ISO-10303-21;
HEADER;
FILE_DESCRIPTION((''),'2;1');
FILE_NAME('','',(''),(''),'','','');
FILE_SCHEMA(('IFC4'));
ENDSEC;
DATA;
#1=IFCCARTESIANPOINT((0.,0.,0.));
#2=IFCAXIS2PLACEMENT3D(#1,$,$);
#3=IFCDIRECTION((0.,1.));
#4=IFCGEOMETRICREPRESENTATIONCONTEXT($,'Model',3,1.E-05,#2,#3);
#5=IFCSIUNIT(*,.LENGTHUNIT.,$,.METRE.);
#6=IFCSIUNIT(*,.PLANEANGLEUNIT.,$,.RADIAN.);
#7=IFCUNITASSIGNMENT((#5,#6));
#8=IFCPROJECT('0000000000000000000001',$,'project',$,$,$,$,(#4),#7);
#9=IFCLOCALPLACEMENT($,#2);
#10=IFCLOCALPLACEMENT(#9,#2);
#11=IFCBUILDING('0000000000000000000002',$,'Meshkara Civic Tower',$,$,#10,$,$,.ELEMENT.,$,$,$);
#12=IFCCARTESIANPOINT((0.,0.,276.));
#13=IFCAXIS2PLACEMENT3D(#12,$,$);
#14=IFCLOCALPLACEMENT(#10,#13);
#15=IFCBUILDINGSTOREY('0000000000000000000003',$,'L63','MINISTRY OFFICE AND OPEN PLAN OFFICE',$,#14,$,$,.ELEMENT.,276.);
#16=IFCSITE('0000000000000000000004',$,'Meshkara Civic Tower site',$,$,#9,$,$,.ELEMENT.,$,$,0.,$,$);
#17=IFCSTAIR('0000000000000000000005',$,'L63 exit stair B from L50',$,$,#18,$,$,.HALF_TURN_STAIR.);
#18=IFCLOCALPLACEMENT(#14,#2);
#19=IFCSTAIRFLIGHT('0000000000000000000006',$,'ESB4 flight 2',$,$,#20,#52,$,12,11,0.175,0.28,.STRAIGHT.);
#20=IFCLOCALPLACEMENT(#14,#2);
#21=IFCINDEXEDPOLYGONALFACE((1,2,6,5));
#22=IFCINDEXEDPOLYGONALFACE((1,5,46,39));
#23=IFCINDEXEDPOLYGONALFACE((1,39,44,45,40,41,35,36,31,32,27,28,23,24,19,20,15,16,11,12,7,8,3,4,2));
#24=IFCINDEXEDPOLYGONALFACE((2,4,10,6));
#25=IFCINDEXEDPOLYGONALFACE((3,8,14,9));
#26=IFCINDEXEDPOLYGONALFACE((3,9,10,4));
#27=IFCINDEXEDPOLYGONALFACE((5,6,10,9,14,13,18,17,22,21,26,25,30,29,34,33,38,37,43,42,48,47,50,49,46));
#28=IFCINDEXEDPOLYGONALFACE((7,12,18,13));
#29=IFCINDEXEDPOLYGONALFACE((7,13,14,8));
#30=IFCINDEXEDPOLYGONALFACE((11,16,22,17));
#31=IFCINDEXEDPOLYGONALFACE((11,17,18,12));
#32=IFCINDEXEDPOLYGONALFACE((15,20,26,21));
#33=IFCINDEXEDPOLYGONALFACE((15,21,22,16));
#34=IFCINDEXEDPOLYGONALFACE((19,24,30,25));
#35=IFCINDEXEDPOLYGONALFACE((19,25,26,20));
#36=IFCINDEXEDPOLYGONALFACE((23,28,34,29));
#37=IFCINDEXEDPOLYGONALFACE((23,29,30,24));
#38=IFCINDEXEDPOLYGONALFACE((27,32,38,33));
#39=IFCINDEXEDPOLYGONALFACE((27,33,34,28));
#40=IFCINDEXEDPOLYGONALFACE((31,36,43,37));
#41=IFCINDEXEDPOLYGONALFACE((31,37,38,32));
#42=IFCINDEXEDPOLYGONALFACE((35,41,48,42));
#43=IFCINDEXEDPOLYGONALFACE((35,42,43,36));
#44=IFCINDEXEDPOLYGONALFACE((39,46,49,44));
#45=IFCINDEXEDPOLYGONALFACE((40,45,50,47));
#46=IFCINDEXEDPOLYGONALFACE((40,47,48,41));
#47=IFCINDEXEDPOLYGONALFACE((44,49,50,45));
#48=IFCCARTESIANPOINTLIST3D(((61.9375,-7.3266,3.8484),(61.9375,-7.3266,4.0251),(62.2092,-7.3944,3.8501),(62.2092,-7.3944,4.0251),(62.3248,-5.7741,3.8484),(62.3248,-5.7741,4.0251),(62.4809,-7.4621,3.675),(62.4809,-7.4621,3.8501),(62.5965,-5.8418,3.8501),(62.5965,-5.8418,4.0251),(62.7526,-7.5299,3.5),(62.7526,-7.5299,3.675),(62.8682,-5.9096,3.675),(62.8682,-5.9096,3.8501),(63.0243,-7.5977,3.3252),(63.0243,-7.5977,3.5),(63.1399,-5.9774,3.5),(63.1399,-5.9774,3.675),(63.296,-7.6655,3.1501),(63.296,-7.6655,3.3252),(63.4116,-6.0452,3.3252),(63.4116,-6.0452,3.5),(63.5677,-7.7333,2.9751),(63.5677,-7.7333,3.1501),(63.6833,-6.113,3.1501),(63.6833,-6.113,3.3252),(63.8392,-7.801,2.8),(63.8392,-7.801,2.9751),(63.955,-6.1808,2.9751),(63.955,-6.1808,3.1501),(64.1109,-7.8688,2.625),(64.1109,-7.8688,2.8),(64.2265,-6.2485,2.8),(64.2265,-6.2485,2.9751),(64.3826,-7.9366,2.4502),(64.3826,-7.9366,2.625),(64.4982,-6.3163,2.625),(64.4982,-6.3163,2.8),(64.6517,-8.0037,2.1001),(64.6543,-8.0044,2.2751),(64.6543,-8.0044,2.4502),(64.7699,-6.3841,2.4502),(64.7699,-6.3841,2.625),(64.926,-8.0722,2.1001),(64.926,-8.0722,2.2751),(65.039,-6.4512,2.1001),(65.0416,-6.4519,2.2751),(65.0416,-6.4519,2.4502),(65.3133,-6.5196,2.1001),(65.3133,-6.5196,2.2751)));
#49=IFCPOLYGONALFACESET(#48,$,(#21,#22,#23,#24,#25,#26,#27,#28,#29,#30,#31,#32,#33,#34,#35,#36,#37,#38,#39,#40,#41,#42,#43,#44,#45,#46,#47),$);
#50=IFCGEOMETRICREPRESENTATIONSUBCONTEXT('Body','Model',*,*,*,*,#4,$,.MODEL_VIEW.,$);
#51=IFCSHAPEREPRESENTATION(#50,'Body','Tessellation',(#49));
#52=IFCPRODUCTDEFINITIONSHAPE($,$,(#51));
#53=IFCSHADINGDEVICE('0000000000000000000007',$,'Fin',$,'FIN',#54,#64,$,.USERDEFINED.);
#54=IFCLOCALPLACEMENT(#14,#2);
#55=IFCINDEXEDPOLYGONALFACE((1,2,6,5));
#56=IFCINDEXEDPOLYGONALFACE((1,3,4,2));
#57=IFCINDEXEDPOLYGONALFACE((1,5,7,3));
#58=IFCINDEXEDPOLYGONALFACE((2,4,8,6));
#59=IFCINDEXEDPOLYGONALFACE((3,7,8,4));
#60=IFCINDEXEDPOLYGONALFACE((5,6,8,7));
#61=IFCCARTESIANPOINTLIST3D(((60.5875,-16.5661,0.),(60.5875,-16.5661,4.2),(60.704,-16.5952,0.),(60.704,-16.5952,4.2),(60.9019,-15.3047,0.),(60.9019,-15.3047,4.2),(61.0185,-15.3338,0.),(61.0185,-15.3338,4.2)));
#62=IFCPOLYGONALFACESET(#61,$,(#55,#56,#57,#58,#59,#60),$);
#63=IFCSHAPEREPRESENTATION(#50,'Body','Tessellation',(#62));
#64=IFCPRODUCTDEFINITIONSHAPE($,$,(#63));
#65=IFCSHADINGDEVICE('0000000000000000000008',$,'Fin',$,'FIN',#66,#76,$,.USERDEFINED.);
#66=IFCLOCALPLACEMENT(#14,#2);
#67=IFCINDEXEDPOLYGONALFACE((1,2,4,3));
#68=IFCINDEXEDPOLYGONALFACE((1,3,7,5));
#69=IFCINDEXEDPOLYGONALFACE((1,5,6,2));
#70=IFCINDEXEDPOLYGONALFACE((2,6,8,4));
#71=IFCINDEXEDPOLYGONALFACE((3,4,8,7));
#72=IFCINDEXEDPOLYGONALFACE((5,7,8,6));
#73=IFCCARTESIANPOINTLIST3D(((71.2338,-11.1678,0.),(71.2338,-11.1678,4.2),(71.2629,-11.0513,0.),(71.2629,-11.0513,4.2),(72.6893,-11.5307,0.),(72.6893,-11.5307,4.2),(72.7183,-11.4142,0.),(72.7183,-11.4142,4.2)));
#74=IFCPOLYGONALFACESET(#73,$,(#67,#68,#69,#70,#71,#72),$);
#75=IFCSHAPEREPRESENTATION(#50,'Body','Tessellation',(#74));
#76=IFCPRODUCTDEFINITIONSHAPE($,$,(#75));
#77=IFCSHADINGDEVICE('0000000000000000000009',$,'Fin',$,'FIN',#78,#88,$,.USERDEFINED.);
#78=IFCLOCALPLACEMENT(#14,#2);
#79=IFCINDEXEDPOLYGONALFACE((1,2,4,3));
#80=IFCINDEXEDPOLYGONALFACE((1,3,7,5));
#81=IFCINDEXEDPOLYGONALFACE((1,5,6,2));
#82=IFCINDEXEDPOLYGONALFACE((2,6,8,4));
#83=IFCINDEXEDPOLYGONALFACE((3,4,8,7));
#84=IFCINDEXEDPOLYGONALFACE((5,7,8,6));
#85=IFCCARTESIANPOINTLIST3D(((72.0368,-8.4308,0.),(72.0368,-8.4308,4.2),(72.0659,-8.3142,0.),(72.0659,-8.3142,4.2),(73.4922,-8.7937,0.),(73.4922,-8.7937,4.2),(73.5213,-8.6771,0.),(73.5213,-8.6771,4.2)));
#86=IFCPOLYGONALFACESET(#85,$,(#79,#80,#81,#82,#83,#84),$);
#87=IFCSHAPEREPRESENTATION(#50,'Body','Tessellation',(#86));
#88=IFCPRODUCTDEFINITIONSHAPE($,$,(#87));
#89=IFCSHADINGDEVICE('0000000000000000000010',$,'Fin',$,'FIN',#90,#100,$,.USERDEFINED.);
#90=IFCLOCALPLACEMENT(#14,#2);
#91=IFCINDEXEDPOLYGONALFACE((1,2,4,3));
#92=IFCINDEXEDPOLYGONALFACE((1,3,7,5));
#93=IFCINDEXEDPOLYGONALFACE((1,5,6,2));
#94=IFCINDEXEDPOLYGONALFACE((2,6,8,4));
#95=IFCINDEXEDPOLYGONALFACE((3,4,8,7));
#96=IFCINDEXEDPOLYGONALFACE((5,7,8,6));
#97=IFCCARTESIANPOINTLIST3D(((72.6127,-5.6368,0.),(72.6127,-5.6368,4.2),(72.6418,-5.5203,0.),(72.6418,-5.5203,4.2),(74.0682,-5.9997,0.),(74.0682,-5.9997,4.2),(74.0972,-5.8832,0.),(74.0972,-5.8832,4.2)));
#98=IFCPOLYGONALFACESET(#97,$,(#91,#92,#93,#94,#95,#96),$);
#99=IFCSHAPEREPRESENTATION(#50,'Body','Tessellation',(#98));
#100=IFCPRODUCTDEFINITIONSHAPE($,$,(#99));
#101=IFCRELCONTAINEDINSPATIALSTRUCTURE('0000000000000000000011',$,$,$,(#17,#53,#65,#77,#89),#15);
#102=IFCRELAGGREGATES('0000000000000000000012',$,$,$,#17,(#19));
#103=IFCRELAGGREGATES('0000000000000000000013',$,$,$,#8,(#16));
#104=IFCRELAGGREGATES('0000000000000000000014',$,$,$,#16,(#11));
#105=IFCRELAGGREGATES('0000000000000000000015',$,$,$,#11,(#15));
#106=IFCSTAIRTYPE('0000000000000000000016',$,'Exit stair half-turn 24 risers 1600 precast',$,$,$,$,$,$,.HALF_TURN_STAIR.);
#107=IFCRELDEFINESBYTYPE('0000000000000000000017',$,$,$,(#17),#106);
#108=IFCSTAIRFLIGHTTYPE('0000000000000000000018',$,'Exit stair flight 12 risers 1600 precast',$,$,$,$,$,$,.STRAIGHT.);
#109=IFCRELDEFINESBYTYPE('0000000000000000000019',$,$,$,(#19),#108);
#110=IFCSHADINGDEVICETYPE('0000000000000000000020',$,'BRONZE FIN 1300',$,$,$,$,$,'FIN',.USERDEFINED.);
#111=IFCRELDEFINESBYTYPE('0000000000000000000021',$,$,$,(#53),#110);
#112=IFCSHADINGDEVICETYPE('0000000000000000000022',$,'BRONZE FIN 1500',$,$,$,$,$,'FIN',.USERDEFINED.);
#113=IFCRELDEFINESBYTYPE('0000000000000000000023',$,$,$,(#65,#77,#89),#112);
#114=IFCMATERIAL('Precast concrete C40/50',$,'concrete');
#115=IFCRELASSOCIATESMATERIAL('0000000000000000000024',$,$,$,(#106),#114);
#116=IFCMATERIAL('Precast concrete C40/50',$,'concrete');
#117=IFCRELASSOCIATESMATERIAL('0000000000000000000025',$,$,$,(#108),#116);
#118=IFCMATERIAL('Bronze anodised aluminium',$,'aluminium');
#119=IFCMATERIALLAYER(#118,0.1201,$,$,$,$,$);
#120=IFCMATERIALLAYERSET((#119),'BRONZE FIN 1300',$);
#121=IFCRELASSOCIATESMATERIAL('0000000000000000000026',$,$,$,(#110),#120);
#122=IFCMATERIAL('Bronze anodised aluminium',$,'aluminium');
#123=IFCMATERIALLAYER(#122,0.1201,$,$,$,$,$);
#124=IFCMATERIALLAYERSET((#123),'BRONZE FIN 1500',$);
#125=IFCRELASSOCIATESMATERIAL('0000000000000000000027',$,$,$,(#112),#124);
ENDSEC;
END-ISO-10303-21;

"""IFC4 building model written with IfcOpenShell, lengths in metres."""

from ifc_helpers import new_model, si_unit, direction, frame, origin, origin_2d, place, context, subcontext, project, spatial, polyline, rectangle, outline, extrude, material, layer, layer_set, type_object, element, aggregate, save


model = new_model("IFC4")

# Units and contexts
model_context = context("Model", 3, precision=1e-05, world=origin(), true_north=direction((0.0, 1.0)))
body_context = subcontext(model_context, "Body", "Model", "MODEL_VIEW")
ifc_project = project(units=[si_unit("LENGTHUNIT", "METRE"), si_unit("PLANEANGLEUNIT", "RADIAN")], contexts=[model_context])

# Site, building, storey
site_placement = place(None, origin())
site = spatial("IfcSite", under=ifc_project, at=site_placement, Name="Meshkara Civic Tower site", CompositionType="ELEMENT", RefElevation=0.0)
building_placement = place(site_placement, origin())
building = spatial("IfcBuilding", under=site, at=building_placement, Name="Meshkara Civic Tower", CompositionType="ELEMENT")
storey_placement = place(building_placement, frame((0.0, 0.0, 276.0)))
storey = spatial("IfcBuildingStorey", under=building, at=storey_placement, Name="L63", Description="MINISTRY OFFICE AND OPEN PLAN OFFICE", CompositionType="ELEMENT", Elevation=276.0)

# Stair, stair flight
ifc_material_1 = material(Name="Precast concrete C40/50", Category="concrete")
stair_type = type_object("IfcStairType", Name="Exit stair half-turn 24 risers 1600 precast", PredefinedType="HALF_TURN_STAIR", material=ifc_material_1)
stair_placement = place(storey_placement, origin())
stair = element("IfcStair", 1, at=stair_placement, inside=storey, type_object=stair_type, Name="L63 exit stair B from L50", PredefinedType="HALF_TURN_STAIR")
ifc_material_2 = material(Name="Precast concrete C40/50", Category="concrete")
stair_flight_type = type_object("IfcStairFlightType", Name="Exit stair flight 12 risers 1600 precast", PredefinedType="STRAIGHT", material=ifc_material_2)
stair_flight_1_placement = place(storey_placement, frame((65.1196, -7.2959, 2.1001), z_axis=(0.0, 0.0, 1.0), x_axis=(-0.97026, 0.242065, 0.0)))
stair_flight_1 = element("IfcStairFlight", 2, at=stair_flight_1_placement, type_object=stair_flight_type, Name="ESB4 flight 2", NumberOfRisers=12, NumberOfTreads=11, PredefinedType="STRAIGHT", RiserHeight=0.175, TreadLength=0.28, context=body_context, shape_type="SweptSolid", body=[
    extrude(outline(polyline([(0.0, 0.0), (0.0, 0.175), (0.28, 0.175), (0.28, 0.3501), (0.5601, 0.3501), (0.5601, 0.5249), (0.8401, 0.5249), (0.8401, 0.7), (1.1201, 0.7), (1.1201, 0.875), (1.3999, 0.875), (1.3999, 1.05), (1.6799, 1.05), (1.6799, 1.2251), (1.96, 1.2251), (1.96, 1.3999), (2.24, 1.3999), (2.24, 1.575), (2.52, 1.575), (2.52, 1.75), (2.8, 1.75), (2.8, 1.925), (3.0801, 1.925), (3.0801, 2.1001), (3.0801, 1.7483), (0.2827, 0.0), (0.0, 0.0)])), frame((0.0, 0.8, 0.0), z_axis=(0.0, -1.0, 0.0), x_axis=(1.0, 0.0, 0.0)), (0.0, 0.0, 1.0), 1.6001),
])
aggregate(stair, [stair_flight_1])

# Shading devices
ifc_material_3 = material(Name="Bronze anodised aluminium", Category="aluminium")
ifc_layer_1 = layer(ifc_material_3, 0.1201)
ifc_layer_set_1 = layer_set([ifc_layer_1], Name="BRONZE FIN 1300")
shading_device_type_1 = type_object("IfcShadingDeviceType", Name="BRONZE FIN 1300", ElementType="FIN", PredefinedType="USERDEFINED", material=ifc_layer_set_1)
shading_device_placement = place(storey_placement, frame((60.803, -15.95, 0.0), z_axis=(0.0, 0.0, 1.0), x_axis=(0.9703, -0.241905, 0.0)))
element("IfcShadingDevice", 3, at=shading_device_placement, inside=storey, type_object=shading_device_type_1, Name="Fin", ObjectType="FIN", PredefinedType="USERDEFINED", context=body_context, shape_type="SweptSolid", body=[
    extrude(rectangle(XDim=0.1201, YDim=1.3, at=origin_2d()), origin(), (0.0, 0.0, 1.0), 4.2),
])
ifc_material_4 = material(Name="Bronze anodised aluminium", Category="aluminium")
ifc_layer_2 = layer(ifc_material_4, 0.1201)
ifc_layer_set_2 = layer_set([ifc_layer_2], Name="BRONZE FIN 1500")
shading_device_type_2 = type_object("IfcShadingDeviceType", Name="BRONZE FIN 1500", ElementType="FIN", PredefinedType="USERDEFINED", material=ifc_layer_set_2)
for number, where, z_axis, x_axis, name in (
    (4, (71.9761, -11.291, 0.0), (0.0, 0.0, 1.0), (0.241922, 0.970296, 0.0), "Fin"),
    (5, (72.7791, -8.554, 0.0), (0.0, 0.0, 1.0), (0.241922, 0.970296, 0.0), "Fin"),
    (6, (73.355, -5.76, 0.0), (0.0, 0.0, 1.0), (0.241922, 0.970296, 0.0), "Fin"),
):
    element("IfcShadingDevice", number, at=place(storey_placement, frame(where, z_axis=z_axis, x_axis=x_axis)), inside=storey, type_object=shading_device_type_2, Name=name, ObjectType="FIN", PredefinedType="USERDEFINED", context=body_context, shape_type="SweptSolid", body=[
        extrude(rectangle(XDim=0.1201, YDim=1.5, at=origin_2d()), origin(), (0.0, 0.0, 1.0), 4.2),
    ])

save(model, "model.ifc")
